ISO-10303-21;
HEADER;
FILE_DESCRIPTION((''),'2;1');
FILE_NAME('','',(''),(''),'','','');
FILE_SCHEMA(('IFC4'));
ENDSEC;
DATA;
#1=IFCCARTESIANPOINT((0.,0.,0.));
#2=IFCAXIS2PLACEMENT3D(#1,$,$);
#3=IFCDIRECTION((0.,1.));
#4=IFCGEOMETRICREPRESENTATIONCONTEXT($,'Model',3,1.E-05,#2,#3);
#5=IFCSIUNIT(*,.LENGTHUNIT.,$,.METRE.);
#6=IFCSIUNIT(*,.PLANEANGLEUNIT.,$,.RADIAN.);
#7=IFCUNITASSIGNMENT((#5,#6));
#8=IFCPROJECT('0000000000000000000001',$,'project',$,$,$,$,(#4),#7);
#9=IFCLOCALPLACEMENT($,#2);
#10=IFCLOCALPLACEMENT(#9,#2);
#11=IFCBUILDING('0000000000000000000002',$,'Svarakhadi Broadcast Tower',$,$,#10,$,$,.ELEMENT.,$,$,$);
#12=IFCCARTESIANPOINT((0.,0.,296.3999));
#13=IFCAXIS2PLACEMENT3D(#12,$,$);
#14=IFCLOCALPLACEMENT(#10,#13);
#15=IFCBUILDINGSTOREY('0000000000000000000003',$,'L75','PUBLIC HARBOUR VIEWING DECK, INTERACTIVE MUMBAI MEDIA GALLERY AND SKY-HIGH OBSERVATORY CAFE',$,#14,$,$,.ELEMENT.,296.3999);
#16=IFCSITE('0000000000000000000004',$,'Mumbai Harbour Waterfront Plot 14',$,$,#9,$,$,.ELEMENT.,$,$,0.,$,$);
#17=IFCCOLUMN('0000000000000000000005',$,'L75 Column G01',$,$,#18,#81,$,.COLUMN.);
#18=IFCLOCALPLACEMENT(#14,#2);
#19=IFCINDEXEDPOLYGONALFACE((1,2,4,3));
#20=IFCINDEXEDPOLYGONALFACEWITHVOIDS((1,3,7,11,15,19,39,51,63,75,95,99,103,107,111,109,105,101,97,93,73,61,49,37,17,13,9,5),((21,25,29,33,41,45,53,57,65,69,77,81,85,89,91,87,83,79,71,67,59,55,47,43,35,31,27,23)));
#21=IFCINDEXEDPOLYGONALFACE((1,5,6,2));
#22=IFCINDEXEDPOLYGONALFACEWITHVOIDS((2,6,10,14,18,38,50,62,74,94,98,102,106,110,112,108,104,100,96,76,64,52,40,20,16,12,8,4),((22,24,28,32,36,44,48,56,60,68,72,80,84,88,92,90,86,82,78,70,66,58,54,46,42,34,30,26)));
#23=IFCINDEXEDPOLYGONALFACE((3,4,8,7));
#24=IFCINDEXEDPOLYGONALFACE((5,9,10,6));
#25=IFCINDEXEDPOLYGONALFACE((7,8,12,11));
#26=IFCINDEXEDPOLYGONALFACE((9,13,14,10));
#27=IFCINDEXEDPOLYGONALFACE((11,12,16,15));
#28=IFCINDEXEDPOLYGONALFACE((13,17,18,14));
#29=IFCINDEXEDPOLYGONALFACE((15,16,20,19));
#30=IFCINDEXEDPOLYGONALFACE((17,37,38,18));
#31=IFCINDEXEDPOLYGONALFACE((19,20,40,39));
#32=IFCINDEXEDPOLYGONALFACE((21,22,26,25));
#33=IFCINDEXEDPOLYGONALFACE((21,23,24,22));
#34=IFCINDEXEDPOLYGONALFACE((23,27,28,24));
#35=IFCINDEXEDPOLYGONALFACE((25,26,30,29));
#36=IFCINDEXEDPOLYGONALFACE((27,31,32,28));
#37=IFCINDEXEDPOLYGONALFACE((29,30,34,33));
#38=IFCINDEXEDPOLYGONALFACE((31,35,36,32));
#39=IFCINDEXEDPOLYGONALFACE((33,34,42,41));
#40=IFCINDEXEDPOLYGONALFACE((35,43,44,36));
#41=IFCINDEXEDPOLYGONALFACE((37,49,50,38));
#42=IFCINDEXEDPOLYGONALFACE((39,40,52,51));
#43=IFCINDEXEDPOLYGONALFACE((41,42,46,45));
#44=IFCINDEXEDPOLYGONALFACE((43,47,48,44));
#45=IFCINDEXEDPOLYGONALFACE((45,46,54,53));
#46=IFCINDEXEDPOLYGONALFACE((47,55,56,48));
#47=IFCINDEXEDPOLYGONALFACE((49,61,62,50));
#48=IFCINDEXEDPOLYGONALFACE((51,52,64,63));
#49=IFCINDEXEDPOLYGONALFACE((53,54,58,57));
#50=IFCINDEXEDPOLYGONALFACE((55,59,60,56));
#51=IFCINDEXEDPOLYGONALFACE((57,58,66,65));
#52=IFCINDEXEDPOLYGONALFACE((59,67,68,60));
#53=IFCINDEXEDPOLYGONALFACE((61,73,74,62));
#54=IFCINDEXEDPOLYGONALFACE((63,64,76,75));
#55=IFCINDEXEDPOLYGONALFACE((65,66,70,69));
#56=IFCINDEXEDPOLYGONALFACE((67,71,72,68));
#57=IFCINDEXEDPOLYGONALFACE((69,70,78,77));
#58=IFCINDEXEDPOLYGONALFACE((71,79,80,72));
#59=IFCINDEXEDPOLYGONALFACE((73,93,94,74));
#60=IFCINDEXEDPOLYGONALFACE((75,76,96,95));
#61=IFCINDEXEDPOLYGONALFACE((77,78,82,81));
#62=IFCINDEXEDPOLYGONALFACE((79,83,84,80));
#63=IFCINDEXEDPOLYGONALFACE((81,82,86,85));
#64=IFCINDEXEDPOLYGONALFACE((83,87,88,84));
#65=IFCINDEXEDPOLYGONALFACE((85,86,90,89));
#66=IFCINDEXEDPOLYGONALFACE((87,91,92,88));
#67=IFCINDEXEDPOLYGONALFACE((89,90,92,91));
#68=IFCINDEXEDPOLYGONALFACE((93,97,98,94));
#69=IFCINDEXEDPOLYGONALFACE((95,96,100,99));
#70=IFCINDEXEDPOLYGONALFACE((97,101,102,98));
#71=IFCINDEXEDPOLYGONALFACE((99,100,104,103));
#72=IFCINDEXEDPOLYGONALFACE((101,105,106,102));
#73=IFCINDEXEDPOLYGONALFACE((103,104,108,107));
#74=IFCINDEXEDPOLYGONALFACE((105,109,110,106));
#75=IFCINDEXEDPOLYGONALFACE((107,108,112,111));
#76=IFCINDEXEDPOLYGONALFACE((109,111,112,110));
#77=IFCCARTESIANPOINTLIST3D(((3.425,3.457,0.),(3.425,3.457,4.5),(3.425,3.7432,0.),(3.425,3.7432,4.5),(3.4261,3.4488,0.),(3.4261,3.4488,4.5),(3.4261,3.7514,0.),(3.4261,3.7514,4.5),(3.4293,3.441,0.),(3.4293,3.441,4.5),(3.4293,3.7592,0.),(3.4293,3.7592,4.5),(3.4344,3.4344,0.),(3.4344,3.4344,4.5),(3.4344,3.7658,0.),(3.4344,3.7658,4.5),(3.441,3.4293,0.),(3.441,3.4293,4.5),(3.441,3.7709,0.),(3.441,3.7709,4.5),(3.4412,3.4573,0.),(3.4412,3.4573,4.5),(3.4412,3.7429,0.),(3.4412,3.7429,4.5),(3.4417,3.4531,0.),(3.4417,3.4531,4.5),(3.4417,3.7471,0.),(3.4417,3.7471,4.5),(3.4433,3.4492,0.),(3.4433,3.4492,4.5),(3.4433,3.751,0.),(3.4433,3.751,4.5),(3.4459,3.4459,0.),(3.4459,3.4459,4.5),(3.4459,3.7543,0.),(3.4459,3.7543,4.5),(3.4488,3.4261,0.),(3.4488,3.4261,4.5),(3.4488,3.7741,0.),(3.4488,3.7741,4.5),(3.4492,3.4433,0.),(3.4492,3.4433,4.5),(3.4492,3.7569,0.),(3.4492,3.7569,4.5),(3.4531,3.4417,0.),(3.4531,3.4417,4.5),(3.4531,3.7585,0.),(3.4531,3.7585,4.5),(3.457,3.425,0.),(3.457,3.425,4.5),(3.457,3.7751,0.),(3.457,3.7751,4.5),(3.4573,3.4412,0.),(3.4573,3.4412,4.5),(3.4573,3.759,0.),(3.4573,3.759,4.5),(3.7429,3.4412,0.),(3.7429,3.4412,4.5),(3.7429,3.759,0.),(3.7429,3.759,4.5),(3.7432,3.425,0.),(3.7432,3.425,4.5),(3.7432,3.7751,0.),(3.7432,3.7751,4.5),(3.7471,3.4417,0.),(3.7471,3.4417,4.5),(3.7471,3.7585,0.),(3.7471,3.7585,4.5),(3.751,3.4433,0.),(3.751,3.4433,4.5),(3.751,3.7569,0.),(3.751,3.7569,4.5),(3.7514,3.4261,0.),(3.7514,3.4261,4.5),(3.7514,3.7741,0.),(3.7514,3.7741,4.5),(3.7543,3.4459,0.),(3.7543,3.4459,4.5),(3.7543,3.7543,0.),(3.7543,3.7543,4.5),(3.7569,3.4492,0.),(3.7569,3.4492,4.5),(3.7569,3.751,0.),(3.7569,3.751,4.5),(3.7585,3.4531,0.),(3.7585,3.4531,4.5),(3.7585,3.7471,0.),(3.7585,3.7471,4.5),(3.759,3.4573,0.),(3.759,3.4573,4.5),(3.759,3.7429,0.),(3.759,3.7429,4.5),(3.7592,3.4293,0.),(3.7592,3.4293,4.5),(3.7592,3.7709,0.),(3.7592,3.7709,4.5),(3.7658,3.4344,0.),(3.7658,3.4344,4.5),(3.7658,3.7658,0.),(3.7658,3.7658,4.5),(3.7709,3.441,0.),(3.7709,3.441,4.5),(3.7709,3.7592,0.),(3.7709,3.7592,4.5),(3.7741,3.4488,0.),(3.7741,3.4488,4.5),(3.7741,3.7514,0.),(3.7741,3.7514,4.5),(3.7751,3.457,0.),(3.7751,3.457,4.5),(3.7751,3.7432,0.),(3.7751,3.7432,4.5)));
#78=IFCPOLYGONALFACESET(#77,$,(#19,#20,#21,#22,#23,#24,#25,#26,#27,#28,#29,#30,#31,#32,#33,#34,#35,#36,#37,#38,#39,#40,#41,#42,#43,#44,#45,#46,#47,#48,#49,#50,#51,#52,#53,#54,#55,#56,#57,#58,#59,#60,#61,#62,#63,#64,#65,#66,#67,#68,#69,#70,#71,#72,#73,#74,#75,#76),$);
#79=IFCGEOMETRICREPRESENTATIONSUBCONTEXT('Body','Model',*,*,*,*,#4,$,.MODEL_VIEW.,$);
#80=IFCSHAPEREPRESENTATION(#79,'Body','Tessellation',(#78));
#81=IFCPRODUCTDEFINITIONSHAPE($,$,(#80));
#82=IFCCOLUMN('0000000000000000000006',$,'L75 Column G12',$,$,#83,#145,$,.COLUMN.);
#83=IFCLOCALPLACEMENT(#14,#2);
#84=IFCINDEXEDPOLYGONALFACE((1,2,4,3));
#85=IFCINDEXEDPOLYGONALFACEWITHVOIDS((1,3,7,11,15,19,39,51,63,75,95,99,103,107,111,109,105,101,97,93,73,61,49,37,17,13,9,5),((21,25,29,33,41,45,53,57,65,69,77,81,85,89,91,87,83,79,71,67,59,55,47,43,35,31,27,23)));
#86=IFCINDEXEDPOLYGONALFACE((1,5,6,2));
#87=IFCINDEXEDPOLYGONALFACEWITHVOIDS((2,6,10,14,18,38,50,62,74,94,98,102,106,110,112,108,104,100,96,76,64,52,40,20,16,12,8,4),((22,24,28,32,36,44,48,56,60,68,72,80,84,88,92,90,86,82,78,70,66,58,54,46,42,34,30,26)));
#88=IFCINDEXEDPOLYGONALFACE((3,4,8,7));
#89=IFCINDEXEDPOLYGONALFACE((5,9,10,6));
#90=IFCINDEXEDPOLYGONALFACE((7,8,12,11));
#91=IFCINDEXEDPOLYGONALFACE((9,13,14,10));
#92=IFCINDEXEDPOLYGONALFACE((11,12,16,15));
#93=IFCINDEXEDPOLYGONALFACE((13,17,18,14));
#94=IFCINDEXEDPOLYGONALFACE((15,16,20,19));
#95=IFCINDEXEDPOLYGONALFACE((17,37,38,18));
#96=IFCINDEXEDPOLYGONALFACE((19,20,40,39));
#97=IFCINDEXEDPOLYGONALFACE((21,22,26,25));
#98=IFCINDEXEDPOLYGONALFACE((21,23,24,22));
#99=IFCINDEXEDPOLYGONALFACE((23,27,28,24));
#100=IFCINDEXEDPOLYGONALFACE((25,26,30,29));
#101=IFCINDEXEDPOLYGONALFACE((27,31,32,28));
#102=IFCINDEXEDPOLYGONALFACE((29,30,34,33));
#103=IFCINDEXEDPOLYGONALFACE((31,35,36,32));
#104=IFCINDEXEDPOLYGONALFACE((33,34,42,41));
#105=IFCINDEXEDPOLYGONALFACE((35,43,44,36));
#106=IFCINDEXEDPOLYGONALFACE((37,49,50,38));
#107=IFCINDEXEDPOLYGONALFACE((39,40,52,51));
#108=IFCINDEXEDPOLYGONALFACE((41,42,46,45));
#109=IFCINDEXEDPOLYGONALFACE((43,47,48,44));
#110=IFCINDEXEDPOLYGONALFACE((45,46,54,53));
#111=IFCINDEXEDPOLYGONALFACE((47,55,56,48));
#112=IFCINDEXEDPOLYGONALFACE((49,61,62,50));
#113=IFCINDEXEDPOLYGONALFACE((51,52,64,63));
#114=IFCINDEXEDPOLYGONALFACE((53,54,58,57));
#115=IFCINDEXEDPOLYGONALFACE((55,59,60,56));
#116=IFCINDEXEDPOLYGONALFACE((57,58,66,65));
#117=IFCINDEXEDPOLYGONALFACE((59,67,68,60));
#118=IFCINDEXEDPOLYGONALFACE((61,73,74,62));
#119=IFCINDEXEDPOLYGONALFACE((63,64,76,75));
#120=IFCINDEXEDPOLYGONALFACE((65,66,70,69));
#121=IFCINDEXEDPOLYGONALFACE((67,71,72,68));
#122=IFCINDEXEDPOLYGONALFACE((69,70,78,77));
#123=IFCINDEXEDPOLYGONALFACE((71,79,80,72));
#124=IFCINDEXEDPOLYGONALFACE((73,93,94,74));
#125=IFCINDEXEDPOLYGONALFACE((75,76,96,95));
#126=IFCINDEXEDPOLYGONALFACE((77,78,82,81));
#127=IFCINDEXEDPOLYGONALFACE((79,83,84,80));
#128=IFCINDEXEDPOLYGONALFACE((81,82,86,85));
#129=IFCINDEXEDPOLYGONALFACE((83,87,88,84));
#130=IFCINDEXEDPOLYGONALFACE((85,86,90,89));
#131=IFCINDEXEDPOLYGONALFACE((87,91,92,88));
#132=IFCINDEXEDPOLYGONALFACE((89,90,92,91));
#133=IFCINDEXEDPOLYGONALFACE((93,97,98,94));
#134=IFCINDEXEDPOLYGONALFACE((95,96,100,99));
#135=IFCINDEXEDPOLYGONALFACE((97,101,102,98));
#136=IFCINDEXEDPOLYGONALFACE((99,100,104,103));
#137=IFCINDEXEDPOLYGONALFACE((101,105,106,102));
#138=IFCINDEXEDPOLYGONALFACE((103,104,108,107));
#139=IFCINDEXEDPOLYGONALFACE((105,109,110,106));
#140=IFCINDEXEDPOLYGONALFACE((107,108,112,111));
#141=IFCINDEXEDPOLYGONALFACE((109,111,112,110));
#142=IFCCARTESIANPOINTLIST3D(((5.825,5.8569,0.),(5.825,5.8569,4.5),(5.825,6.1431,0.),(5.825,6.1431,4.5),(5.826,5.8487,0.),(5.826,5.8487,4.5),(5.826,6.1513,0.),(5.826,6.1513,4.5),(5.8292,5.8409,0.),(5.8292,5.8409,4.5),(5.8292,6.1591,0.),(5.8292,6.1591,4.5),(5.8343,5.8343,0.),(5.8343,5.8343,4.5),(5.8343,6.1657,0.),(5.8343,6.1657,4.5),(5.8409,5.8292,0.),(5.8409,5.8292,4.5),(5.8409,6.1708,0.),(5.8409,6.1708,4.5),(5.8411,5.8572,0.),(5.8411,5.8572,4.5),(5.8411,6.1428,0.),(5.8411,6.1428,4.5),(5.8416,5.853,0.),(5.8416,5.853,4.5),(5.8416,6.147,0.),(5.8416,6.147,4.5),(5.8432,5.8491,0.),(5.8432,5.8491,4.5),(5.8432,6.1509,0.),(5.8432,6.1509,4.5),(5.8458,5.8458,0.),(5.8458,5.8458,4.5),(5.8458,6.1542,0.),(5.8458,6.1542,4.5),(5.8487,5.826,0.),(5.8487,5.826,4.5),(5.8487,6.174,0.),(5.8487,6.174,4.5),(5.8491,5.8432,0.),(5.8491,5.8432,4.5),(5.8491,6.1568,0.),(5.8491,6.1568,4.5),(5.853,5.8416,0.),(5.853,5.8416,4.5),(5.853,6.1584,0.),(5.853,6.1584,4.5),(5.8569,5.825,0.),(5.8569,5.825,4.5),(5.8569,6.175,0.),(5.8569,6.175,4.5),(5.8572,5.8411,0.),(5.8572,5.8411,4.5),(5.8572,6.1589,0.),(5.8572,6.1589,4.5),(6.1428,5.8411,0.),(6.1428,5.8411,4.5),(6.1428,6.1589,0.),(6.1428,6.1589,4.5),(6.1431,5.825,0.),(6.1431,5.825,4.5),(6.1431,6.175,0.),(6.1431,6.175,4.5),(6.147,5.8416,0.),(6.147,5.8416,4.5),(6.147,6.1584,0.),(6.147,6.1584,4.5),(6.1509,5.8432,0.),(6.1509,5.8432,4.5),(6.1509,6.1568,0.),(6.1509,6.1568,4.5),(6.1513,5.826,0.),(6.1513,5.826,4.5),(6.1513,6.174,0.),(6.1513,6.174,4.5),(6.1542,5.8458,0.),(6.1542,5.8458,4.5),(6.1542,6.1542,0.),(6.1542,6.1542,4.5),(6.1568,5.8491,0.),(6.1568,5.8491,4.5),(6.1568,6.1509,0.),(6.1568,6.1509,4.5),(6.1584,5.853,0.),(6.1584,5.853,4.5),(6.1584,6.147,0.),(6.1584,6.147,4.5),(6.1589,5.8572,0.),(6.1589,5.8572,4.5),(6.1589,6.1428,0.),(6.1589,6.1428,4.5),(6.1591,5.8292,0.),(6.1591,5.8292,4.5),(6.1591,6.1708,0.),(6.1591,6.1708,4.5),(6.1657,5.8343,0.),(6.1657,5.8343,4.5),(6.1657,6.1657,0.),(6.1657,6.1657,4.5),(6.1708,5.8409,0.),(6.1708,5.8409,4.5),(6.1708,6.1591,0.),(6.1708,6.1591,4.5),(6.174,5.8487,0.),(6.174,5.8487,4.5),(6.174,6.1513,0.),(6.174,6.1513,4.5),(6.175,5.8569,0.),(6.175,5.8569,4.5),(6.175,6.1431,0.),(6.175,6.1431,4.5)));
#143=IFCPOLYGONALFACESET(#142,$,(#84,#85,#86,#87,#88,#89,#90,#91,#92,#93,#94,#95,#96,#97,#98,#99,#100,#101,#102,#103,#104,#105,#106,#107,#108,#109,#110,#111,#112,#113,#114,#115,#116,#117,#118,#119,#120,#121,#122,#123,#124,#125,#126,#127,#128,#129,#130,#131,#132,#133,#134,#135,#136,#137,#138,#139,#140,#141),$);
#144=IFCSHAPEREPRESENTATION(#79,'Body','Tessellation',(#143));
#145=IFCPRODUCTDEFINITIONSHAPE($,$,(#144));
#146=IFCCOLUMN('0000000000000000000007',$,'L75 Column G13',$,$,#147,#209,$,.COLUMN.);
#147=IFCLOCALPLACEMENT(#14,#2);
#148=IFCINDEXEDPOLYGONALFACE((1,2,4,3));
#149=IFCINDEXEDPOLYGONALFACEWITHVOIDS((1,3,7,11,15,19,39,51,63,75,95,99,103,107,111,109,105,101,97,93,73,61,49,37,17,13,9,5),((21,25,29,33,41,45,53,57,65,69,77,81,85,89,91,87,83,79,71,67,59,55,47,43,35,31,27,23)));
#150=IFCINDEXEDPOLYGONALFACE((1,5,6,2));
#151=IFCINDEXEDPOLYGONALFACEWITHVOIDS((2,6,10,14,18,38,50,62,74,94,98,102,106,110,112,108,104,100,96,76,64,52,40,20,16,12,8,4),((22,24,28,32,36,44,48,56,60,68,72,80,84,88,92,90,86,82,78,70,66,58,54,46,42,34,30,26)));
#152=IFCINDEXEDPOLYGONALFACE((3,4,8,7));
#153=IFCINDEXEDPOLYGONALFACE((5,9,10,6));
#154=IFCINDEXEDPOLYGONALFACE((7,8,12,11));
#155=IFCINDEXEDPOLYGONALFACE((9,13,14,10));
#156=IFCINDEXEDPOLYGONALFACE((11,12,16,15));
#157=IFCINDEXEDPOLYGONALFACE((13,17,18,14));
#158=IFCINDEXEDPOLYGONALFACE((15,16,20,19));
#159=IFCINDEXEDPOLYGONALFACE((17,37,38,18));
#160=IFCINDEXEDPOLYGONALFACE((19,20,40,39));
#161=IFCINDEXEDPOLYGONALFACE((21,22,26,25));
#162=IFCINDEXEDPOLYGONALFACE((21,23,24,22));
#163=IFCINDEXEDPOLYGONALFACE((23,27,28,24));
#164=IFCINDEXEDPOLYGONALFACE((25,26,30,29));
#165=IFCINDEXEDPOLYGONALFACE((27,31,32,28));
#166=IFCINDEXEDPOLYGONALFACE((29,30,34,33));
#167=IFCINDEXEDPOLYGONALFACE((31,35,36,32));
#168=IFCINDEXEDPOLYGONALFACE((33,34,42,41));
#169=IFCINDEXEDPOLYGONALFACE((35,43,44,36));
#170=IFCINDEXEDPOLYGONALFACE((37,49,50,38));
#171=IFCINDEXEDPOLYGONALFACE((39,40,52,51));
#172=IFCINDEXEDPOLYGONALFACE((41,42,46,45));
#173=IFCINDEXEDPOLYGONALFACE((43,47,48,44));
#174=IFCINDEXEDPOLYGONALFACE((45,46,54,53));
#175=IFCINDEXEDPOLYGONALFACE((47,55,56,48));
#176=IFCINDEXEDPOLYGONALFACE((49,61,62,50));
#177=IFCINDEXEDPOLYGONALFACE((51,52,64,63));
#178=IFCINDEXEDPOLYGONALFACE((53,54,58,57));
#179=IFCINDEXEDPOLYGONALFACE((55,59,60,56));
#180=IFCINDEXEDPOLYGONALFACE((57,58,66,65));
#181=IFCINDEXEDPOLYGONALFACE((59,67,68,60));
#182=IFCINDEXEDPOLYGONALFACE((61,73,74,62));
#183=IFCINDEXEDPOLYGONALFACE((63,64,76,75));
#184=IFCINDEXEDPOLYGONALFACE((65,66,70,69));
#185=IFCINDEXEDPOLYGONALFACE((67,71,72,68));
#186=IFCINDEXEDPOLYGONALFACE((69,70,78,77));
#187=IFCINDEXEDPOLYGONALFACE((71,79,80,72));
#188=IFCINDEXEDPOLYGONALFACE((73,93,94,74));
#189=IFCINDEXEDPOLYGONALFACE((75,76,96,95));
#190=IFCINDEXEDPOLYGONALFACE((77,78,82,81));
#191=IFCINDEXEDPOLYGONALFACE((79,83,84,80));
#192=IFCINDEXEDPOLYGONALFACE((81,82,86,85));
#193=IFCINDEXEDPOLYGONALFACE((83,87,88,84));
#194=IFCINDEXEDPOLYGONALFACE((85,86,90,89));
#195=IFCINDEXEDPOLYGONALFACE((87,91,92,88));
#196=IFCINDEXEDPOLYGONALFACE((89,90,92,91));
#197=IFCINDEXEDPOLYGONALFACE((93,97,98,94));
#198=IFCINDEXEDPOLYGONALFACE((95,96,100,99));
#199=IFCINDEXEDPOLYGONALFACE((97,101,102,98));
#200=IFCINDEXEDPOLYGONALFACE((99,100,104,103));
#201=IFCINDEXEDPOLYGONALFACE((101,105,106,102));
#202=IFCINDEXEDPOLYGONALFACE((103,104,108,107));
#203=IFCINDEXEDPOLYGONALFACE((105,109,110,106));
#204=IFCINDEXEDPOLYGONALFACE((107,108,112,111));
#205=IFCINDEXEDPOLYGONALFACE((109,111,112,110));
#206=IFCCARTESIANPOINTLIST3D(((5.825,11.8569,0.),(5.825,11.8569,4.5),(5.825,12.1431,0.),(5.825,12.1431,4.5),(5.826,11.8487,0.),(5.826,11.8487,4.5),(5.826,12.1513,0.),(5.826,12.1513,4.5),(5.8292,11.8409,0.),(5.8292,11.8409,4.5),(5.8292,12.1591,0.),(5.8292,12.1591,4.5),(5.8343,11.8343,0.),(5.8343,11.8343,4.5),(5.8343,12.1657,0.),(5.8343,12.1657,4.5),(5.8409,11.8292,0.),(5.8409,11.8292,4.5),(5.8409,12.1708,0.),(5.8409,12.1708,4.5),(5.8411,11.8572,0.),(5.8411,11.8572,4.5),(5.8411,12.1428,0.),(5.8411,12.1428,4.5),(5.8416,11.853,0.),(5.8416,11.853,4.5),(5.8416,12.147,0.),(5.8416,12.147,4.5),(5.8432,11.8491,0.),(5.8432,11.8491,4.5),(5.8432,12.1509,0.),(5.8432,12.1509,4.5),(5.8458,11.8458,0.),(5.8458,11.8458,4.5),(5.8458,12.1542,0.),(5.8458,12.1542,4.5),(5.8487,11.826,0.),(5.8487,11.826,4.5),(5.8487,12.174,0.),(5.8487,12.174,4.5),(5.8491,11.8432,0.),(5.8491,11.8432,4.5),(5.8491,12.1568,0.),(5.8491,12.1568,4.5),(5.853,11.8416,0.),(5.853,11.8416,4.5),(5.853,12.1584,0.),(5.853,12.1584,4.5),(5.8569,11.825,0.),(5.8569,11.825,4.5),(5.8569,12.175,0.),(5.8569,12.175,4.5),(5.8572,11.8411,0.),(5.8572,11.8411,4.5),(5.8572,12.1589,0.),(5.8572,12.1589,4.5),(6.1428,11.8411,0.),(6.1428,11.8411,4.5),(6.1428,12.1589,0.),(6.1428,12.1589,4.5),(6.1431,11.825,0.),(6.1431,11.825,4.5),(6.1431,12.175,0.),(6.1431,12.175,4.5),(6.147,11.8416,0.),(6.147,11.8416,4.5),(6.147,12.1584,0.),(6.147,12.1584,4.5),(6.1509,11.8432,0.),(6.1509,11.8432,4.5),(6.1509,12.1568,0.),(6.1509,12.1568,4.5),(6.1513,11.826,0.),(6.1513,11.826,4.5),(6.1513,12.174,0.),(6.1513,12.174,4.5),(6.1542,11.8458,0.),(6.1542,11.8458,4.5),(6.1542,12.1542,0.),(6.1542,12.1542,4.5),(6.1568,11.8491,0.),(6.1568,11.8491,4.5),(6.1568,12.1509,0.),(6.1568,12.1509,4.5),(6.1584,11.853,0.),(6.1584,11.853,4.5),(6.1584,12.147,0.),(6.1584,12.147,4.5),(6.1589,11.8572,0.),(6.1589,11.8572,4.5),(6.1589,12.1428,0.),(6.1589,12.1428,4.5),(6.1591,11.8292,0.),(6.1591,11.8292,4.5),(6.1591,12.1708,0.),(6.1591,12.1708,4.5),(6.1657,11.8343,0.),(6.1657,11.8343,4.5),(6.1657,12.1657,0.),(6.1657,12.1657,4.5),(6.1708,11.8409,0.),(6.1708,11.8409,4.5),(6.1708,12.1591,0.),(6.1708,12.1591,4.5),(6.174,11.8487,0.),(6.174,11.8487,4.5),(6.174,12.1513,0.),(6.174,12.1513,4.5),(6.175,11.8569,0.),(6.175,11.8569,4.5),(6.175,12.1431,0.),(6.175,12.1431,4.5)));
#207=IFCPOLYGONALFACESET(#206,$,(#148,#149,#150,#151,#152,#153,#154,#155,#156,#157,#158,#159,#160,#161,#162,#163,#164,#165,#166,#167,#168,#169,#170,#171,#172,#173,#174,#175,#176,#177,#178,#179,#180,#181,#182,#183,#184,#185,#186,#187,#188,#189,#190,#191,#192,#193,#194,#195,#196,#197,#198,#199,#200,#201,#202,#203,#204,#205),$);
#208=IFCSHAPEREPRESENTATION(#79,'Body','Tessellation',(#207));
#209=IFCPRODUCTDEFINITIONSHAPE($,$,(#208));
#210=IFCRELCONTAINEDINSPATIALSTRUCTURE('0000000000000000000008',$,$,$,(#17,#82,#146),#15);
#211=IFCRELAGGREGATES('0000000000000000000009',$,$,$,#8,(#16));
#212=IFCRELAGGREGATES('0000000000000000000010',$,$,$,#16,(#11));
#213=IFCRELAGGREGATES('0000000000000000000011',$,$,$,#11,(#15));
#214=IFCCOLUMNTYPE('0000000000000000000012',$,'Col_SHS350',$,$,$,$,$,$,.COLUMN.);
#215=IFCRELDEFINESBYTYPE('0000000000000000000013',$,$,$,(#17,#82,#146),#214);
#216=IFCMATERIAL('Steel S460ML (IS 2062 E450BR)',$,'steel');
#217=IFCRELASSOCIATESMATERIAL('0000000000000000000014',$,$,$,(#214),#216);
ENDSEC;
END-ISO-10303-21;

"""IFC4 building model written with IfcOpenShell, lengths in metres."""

from ifc_helpers import new_model, si_unit, direction, frame, origin, origin_2d, place, context, subcontext, project, spatial, hollow_rectangle, extrude, material, material_profile, profile_set, type_object, element, save


model = new_model("IFC4")

# Units and contexts
model_context = context("Model", 3, precision=1e-05, world=origin(), true_north=direction((0.0, 1.0)))
body_context = subcontext(model_context, "Body", "Model", "MODEL_VIEW")
ifc_project = project(units=[si_unit("LENGTHUNIT", "METRE"), si_unit("PLANEANGLEUNIT", "RADIAN")], contexts=[model_context])

# Site, building, storey
site_placement = place(None, origin())
site = spatial("IfcSite", under=ifc_project, at=site_placement, Name="Mumbai Harbour Waterfront Plot 14", CompositionType="ELEMENT", RefElevation=0.0)
building_placement = place(site_placement, origin())
building = spatial("IfcBuilding", under=site, at=building_placement, Name="Svarakhadi Broadcast Tower", CompositionType="ELEMENT")
storey_placement = place(building_placement, frame((0.0, 0.0, 296.3999)))
storey = spatial("IfcBuildingStorey", under=building, at=storey_placement, Name="L75", Description="PUBLIC HARBOUR VIEWING DECK, INTERACTIVE MUMBAI MEDIA GALLERY AND SKY-HIGH OBSERVATORY CAFE", CompositionType="ELEMENT", Elevation=296.3999)

# Columns
ifc_material_1 = material(Name="Steel S460ML (IS 2062 E450BR)", Category="steel")
ifc_material_profile_1 = material_profile(ifc_material_1, hollow_rectangle(XDim=0.3501, YDim=0.3501, WallThickness=0.0161, InnerFilletRadius=0.0161, OuterFilletRadius=0.032, at=origin_2d()), Name="SHS 350x350x16")
ifc_profile_set_1 = profile_set([ifc_material_profile_1], Name="Steel S460ML (IS 2062 E450BR)")
column_type = type_object("IfcColumnType", Name="Col_SHS350", PredefinedType="COLUMN", material=ifc_profile_set_1)
for number, where, z_axis, x_axis, name in (
    (1, (3.6001, 3.6001, 0.0), (0.0, 0.0, 1.0), (1.0, 0.0, 0.0), "L75 Column G01"),
    (2, (6.0, 6.0, 0.0), (0.0, 0.0, 1.0), (1.0, 0.0, 0.0), "L75 Column G12"),
    (3, (6.0, 12.0, 0.0), (0.0, 0.0, 1.0), (1.0, 0.0, 0.0), "L75 Column G13"),
):
    element("IfcColumn", number, at=place(storey_placement, frame(where, z_axis=z_axis, x_axis=x_axis)), inside=storey, type_object=column_type, Name=name, PredefinedType="COLUMN", context=body_context, shape_type="SweptSolid", body=[
        extrude(hollow_rectangle(XDim=0.3501, YDim=0.3501, WallThickness=0.0161, InnerFilletRadius=0.0161, OuterFilletRadius=0.032, at=origin_2d()), origin(), (0.0, 0.0, 1.0), 4.5),
    ])

save(model, "model.ifc")
